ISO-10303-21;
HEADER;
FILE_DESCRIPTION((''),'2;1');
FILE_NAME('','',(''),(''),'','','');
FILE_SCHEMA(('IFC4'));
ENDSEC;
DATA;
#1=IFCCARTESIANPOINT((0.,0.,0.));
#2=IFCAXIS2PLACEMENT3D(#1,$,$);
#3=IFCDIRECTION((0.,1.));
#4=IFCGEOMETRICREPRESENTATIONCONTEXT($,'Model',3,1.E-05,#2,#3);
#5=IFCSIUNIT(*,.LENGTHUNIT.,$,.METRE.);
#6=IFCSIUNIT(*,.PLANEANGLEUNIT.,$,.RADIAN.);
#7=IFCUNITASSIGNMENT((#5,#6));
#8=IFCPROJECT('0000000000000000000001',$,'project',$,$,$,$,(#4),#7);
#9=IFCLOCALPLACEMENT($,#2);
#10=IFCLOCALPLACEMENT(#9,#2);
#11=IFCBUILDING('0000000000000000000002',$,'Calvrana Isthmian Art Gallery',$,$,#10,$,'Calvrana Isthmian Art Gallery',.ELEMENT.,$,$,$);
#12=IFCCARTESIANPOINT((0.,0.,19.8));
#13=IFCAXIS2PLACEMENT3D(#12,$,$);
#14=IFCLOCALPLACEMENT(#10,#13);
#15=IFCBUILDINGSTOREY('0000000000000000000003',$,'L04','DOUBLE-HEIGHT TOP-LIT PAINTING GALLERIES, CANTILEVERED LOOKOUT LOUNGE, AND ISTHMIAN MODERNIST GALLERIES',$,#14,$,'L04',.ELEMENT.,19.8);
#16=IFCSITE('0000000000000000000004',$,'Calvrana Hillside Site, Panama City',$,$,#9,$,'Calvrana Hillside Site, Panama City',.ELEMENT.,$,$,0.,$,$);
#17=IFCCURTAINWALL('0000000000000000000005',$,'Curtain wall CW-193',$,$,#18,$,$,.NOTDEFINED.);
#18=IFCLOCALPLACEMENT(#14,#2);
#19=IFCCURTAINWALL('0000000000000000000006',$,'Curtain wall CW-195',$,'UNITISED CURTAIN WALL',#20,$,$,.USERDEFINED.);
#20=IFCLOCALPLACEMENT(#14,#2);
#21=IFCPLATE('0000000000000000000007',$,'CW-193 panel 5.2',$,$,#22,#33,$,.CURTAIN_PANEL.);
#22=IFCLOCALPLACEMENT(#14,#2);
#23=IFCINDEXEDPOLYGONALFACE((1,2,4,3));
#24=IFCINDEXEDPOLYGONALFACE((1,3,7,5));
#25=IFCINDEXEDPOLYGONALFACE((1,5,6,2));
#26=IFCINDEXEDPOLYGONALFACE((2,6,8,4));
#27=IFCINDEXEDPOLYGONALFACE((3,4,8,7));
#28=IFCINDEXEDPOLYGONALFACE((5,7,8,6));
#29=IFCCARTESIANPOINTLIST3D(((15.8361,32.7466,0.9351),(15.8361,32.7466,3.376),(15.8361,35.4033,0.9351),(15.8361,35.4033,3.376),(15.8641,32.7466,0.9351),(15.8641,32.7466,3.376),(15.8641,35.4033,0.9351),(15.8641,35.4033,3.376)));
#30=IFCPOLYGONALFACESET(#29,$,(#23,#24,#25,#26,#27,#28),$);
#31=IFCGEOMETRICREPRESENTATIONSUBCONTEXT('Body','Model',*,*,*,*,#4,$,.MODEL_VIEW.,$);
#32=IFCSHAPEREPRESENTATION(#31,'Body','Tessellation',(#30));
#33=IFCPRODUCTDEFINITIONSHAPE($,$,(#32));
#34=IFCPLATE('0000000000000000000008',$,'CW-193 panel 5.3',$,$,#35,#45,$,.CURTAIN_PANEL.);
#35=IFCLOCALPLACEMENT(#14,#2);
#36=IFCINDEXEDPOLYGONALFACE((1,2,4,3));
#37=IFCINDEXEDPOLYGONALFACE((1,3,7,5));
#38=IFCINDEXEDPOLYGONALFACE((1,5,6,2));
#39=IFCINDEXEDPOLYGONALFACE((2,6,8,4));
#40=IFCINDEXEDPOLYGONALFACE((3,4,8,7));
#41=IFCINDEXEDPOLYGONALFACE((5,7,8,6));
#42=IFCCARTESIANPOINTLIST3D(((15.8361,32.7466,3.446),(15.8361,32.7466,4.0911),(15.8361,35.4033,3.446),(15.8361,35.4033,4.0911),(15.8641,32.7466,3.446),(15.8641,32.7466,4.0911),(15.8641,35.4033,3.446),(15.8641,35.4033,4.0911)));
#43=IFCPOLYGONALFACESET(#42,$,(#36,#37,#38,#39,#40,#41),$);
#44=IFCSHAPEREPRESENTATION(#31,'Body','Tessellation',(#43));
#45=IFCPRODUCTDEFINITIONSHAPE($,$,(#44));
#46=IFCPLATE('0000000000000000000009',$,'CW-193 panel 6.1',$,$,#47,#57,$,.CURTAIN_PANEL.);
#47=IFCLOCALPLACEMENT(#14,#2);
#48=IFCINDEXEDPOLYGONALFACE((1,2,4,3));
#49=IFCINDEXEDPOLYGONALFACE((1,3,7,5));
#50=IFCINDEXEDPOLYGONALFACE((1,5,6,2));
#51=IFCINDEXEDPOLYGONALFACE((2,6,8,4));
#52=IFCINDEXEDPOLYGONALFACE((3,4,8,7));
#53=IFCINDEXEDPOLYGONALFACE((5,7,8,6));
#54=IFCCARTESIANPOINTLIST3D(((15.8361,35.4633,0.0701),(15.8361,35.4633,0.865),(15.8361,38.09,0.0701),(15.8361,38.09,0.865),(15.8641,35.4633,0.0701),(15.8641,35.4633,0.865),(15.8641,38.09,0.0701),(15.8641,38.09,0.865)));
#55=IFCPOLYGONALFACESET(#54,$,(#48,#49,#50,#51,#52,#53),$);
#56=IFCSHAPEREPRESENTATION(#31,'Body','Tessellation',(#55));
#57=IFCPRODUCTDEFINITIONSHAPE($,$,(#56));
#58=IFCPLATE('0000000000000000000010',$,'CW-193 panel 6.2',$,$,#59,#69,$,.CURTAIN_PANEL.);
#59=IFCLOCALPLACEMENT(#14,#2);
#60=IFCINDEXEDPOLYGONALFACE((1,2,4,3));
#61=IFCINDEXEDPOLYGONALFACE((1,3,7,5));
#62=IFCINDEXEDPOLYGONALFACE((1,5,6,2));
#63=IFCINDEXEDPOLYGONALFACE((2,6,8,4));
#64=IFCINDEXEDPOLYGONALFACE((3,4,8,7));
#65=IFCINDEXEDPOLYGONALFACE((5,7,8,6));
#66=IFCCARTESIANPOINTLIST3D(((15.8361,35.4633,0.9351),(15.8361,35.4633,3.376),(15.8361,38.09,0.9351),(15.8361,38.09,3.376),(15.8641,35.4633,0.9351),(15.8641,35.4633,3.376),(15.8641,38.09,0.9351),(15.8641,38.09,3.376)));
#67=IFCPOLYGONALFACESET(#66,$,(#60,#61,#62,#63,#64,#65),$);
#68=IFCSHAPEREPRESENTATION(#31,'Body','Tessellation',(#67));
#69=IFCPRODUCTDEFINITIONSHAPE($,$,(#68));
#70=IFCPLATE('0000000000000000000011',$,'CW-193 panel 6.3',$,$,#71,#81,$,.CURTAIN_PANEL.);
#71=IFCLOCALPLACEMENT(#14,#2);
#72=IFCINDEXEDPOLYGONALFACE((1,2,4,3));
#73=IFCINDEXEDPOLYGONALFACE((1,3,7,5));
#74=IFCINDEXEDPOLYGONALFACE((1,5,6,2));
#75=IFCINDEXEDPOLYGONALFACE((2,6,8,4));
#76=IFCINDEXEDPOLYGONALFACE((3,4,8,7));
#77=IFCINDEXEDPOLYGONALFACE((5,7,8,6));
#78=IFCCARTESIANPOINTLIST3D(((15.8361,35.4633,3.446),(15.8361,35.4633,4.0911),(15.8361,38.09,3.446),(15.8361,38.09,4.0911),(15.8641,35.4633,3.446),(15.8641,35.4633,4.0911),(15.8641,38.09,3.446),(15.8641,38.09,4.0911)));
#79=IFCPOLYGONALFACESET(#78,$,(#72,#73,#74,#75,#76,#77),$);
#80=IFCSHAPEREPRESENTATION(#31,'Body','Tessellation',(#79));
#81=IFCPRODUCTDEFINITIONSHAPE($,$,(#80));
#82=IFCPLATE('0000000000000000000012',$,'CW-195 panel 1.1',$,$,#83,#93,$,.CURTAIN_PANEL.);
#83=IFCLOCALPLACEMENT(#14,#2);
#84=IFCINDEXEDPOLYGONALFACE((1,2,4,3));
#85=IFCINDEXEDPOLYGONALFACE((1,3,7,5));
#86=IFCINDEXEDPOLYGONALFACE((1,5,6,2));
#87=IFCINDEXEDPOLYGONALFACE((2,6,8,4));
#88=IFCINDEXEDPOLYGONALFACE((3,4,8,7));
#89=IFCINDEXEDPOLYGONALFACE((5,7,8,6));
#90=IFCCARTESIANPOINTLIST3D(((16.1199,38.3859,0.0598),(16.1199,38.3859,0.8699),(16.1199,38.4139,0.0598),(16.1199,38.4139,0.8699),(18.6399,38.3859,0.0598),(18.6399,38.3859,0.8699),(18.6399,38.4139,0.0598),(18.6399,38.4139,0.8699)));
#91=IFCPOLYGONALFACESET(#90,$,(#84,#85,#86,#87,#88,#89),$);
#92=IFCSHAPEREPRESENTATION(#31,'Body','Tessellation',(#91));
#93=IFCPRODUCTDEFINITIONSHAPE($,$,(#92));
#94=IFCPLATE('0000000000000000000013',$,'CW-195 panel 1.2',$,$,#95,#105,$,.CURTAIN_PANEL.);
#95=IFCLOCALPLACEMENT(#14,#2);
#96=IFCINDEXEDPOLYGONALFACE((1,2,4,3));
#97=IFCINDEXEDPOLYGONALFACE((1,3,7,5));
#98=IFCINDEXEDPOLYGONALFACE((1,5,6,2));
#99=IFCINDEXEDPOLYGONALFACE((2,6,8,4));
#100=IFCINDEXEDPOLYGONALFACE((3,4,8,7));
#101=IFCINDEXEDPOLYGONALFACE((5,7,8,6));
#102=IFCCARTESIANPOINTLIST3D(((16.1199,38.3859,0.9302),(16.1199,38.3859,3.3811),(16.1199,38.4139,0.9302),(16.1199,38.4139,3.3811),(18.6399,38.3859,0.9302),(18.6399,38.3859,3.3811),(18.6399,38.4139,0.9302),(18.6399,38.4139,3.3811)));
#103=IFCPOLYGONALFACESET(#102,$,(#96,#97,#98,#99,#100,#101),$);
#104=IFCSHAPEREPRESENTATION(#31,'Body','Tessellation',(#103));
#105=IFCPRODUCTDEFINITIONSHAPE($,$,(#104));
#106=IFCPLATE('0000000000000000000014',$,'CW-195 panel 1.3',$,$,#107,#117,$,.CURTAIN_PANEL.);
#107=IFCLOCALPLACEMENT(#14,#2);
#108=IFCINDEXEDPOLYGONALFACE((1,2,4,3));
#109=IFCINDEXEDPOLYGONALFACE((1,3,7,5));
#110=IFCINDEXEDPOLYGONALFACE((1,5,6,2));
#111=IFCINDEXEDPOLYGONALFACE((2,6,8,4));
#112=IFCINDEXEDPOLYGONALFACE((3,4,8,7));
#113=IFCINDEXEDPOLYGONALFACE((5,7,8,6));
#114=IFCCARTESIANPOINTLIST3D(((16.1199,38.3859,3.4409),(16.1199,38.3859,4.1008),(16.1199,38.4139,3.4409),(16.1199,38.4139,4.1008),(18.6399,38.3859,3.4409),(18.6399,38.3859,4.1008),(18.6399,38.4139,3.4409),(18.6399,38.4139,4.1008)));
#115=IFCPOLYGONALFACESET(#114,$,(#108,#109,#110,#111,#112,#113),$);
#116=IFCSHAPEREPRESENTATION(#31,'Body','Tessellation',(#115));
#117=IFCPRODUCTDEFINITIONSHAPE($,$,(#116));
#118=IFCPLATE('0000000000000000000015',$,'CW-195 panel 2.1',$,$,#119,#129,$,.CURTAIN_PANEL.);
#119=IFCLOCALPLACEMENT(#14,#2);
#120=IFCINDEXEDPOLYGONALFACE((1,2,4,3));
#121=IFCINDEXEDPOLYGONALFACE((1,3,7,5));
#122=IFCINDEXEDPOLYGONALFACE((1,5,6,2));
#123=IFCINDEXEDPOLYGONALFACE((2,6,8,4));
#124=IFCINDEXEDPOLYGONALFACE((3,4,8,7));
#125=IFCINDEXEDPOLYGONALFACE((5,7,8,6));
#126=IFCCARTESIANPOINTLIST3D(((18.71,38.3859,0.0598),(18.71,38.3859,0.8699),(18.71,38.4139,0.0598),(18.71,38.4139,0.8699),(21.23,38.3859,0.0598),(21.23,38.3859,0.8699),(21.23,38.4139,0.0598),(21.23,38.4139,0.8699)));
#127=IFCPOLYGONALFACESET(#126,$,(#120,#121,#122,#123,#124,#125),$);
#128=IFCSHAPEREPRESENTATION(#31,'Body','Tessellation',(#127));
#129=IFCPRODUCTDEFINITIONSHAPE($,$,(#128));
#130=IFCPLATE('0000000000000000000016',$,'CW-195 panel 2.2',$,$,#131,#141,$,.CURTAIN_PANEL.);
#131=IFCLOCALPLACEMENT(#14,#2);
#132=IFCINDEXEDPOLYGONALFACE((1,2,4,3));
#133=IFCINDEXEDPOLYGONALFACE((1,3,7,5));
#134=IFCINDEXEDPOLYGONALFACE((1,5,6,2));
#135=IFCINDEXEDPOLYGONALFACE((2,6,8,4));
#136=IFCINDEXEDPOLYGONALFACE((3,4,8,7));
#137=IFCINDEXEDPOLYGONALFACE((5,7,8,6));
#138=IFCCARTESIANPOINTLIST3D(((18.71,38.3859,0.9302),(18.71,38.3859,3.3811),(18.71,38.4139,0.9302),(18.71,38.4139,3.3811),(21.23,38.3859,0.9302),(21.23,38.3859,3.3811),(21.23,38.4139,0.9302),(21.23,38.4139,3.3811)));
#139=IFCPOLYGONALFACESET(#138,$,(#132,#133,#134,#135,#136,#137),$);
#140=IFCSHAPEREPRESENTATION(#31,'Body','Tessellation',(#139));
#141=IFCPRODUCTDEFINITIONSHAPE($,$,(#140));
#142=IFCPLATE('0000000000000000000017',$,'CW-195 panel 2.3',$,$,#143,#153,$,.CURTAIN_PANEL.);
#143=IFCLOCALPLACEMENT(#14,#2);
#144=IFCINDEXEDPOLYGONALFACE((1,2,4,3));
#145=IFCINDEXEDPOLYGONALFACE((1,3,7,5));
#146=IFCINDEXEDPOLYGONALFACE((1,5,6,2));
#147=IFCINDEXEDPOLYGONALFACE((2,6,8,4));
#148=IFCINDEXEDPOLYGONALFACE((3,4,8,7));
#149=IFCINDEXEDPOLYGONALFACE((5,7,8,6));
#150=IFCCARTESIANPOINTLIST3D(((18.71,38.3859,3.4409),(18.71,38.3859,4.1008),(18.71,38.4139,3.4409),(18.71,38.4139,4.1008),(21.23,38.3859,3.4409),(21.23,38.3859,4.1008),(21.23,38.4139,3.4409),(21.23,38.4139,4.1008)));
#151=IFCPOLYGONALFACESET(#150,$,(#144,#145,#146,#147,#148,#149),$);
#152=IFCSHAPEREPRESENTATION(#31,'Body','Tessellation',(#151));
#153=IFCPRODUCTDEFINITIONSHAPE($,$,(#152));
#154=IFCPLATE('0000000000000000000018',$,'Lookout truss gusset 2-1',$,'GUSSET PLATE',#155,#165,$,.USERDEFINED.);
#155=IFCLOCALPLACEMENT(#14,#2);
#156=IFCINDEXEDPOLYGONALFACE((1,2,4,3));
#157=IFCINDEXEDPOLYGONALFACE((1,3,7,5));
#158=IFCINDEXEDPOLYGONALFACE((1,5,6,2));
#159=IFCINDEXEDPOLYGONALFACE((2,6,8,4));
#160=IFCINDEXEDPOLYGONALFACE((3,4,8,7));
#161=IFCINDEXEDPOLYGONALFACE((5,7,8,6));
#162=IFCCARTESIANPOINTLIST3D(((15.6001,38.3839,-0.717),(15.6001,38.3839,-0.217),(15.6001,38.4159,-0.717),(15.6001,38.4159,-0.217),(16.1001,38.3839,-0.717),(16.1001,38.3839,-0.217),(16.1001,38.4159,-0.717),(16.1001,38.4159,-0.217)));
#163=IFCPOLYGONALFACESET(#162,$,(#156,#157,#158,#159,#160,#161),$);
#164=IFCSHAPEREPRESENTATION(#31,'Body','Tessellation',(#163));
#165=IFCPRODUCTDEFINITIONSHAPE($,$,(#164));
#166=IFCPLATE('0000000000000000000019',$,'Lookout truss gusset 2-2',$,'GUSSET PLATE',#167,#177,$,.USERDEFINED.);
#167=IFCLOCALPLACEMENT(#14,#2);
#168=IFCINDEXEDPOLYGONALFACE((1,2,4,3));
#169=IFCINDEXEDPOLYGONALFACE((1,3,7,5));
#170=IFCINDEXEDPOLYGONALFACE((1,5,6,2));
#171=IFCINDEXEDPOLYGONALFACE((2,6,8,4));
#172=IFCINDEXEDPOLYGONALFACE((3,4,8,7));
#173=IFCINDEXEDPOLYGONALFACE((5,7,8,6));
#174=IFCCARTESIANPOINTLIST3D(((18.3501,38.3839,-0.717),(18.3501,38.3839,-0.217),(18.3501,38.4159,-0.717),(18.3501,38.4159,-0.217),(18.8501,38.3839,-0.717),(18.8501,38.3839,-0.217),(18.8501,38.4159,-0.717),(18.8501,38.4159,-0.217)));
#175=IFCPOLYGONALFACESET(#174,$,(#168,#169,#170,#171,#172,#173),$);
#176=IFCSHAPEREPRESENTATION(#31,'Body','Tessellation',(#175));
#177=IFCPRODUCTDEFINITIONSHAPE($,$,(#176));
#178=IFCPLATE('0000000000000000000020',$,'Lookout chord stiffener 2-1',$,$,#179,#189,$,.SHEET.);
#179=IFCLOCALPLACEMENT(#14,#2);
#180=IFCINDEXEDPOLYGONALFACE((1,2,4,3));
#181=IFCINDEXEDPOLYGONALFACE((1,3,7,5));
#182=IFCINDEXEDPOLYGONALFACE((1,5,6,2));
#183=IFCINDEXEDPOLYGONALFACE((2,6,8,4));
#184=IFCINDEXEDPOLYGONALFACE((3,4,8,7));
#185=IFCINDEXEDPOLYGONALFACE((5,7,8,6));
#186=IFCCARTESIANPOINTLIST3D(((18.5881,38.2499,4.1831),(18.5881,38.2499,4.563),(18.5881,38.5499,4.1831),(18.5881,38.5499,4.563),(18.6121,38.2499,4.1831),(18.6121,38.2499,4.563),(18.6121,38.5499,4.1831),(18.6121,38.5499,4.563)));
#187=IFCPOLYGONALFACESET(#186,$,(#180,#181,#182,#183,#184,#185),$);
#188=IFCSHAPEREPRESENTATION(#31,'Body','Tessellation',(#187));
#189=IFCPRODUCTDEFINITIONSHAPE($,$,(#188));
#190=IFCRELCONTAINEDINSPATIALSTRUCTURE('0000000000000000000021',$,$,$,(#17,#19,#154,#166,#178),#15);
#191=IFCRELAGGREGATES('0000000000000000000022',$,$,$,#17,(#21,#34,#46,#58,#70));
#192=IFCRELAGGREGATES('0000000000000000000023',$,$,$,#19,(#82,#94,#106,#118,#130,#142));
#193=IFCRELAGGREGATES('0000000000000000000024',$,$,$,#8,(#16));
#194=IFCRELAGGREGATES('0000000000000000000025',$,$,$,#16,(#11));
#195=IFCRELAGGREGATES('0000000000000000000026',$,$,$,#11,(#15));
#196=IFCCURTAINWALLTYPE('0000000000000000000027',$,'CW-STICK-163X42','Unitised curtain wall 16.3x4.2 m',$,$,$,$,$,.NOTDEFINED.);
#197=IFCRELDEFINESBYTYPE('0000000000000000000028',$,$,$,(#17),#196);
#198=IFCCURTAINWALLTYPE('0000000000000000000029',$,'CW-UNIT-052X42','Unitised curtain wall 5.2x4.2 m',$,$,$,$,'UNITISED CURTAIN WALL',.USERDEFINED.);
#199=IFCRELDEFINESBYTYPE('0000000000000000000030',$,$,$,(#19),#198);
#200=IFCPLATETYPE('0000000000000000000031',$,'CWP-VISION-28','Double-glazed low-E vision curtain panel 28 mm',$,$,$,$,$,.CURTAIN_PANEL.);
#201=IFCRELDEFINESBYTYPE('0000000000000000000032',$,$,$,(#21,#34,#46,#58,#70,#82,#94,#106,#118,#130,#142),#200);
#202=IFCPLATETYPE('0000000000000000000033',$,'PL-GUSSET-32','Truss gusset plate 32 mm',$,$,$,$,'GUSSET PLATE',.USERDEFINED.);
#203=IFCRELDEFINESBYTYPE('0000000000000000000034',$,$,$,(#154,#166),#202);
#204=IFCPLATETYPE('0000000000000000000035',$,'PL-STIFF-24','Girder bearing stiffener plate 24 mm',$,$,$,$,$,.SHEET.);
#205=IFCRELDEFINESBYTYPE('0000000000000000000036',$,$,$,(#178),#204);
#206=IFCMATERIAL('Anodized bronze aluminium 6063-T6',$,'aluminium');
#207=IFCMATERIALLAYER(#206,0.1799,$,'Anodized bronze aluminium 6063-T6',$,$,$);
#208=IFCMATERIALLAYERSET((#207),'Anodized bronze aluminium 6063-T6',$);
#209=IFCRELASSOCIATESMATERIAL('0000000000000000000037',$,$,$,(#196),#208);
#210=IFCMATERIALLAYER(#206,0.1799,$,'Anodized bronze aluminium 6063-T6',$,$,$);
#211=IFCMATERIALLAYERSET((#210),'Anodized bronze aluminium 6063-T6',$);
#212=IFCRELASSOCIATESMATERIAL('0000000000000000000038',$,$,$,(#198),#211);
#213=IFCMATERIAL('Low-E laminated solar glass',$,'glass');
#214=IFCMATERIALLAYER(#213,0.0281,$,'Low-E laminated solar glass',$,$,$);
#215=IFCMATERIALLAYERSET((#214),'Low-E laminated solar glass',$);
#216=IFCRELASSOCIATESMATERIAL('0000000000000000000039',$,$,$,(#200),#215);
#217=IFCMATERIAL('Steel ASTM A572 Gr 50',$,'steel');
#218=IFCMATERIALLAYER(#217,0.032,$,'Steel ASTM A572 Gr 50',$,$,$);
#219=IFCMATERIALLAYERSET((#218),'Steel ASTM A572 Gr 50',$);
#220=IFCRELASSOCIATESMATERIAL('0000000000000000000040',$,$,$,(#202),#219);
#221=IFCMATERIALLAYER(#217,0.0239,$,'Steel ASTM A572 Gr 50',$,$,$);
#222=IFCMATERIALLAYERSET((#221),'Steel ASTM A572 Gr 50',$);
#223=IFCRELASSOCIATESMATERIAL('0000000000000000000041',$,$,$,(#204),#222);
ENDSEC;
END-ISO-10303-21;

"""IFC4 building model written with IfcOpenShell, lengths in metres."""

from ifc_helpers import new_model, si_unit, direction, frame, origin, origin_2d, place, context, subcontext, project, spatial, rectangle, extrude, material, layer, layer_set, type_object, element, aggregate, save


model = new_model("IFC4")

# Units and contexts
model_context = context("Model", 3, precision=1e-05, world=origin(), true_north=direction((0.0, 1.0)))
body_context = subcontext(model_context, "Body", "Model", "MODEL_VIEW")
ifc_project = project(units=[si_unit("LENGTHUNIT", "METRE"), si_unit("PLANEANGLEUNIT", "RADIAN")], contexts=[model_context])

# Site, building, storey
site_placement = place(None, origin())
site = spatial("IfcSite", under=ifc_project, at=site_placement, Name="Calvrana Hillside Site, Panama City", LongName="Calvrana Hillside Site, Panama City", CompositionType="ELEMENT", RefElevation=0.0)
building_placement = place(site_placement, origin())
building = spatial("IfcBuilding", under=site, at=building_placement, Name="Calvrana Isthmian Art Gallery", LongName="Calvrana Isthmian Art Gallery", CompositionType="ELEMENT")
storey_placement = place(building_placement, frame((0.0, 0.0, 19.8)))
storey = spatial("IfcBuildingStorey", under=building, at=storey_placement, Name="L04", Description="DOUBLE-HEIGHT TOP-LIT PAINTING GALLERIES, CANTILEVERED LOOKOUT LOUNGE, AND ISTHMIAN MODERNIST GALLERIES", LongName="L04", CompositionType="ELEMENT", Elevation=19.8)

# Curtain walls
ifc_material_1 = material(Name="Anodized bronze aluminium 6063-T6", Category="aluminium")
ifc_layer_1 = layer(ifc_material_1, 0.1799, Name="Anodized bronze aluminium 6063-T6")
ifc_layer_set_1 = layer_set([ifc_layer_1], Name="Anodized bronze aluminium 6063-T6")
curtain_wall_type_1 = type_object("IfcCurtainWallType", Name="CW-STICK-163X42", Description="Unitised curtain wall 16.3x4.2 m", PredefinedType="NOTDEFINED", material=ifc_layer_set_1)
curtain_wall_1_placement = place(storey_placement, origin())
curtain_wall_1 = element("IfcCurtainWall", 1, at=curtain_wall_1_placement, inside=storey, type_object=curtain_wall_type_1, Name="Curtain wall CW-193", PredefinedType="NOTDEFINED")
ifc_layer_2 = layer(ifc_material_1, 0.1799, Name="Anodized bronze aluminium 6063-T6")
ifc_layer_set_2 = layer_set([ifc_layer_2], Name="Anodized bronze aluminium 6063-T6")
curtain_wall_type_2 = type_object("IfcCurtainWallType", Name="CW-UNIT-052X42", Description="Unitised curtain wall 5.2x4.2 m", ElementType="UNITISED CURTAIN WALL", PredefinedType="USERDEFINED", material=ifc_layer_set_2)
curtain_wall_2_placement = place(storey_placement, origin())
curtain_wall_2 = element("IfcCurtainWall", 2, at=curtain_wall_2_placement, inside=storey, type_object=curtain_wall_type_2, Name="Curtain wall CW-195", ObjectType="UNITISED CURTAIN WALL", PredefinedType="USERDEFINED")

# Plates
ifc_material_2 = material(Name="Low-E laminated solar glass", Category="glass")
ifc_layer_3 = layer(ifc_material_2, 0.0281, Name="Low-E laminated solar glass")
ifc_layer_set_3 = layer_set([ifc_layer_3], Name="Low-E laminated solar glass")
plate_type_1 = type_object("IfcPlateType", Name="CWP-VISION-28", Description="Double-glazed low-E vision curtain panel 28 mm", PredefinedType="CURTAIN_PANEL", material=ifc_layer_set_3)
plate_1_placement = place(storey_placement, frame((15.8501, 34.075, 0.9351), z_axis=(0.0, 0.0, 1.0), x_axis=(0.0, 1.0, 0.0)))
plate_1 = element("IfcPlate", 3, at=plate_1_placement, type_object=plate_type_1, Name="CW-193 panel 5.2", PredefinedType="CURTAIN_PANEL", context=body_context, shape_type="SweptSolid", body=[
    extrude(rectangle(XDim=2.6567, YDim=0.0281, at=origin_2d()), origin(), (0.0, 0.0, 1.0), 2.4409),
])
plate_2_placement = place(storey_placement, frame((15.8501, 34.075, 3.446), z_axis=(0.0, 0.0, 1.0), x_axis=(0.0, 1.0, 0.0)))
plate_2 = element("IfcPlate", 4, at=plate_2_placement, type_object=plate_type_1, Name="CW-193 panel 5.3", PredefinedType="CURTAIN_PANEL", context=body_context, shape_type="SweptSolid", body=[
    extrude(rectangle(XDim=2.6567, YDim=0.0281, at=origin_2d()), origin(), (0.0, 0.0, 1.0), 0.645),
])
plate_3_placement = place(storey_placement, frame((15.8501, 36.7766, 0.0701), z_axis=(0.0, 0.0, 1.0), x_axis=(0.0, 1.0, 0.0)))
plate_3 = element("IfcPlate", 5, at=plate_3_placement, type_object=plate_type_1, Name="CW-193 panel 6.1", PredefinedType="CURTAIN_PANEL", context=body_context, shape_type="SweptSolid", body=[
    extrude(rectangle(XDim=2.6267, YDim=0.0281, at=origin_2d()), origin(), (0.0, 0.0, 1.0), 0.7949),
])
plate_4_placement = place(storey_placement, frame((15.8501, 36.7766, 0.9351), z_axis=(0.0, 0.0, 1.0), x_axis=(0.0, 1.0, 0.0)))
plate_4 = element("IfcPlate", 6, at=plate_4_placement, type_object=plate_type_1, Name="CW-193 panel 6.2", PredefinedType="CURTAIN_PANEL", context=body_context, shape_type="SweptSolid", body=[
    extrude(rectangle(XDim=2.6267, YDim=0.0281, at=origin_2d()), origin(), (0.0, 0.0, 1.0), 2.4409),
])
plate_5_placement = place(storey_placement, frame((15.8501, 36.7766, 3.446), z_axis=(0.0, 0.0, 1.0), x_axis=(0.0, 1.0, 0.0)))
plate_5 = element("IfcPlate", 7, at=plate_5_placement, type_object=plate_type_1, Name="CW-193 panel 6.3", PredefinedType="CURTAIN_PANEL", context=body_context, shape_type="SweptSolid", body=[
    extrude(rectangle(XDim=2.6267, YDim=0.0281, at=origin_2d()), origin(), (0.0, 0.0, 1.0), 0.645),
])
aggregate(curtain_wall_1, [plate_1, plate_2, plate_3, plate_4, plate_5])
plate_6_placement = place(storey_placement, frame((17.3799, 38.3999, 0.0598), z_axis=(0.0, 0.0, 1.0), x_axis=(1.0, 0.0, 0.0)))
plate_6 = element("IfcPlate", 8, at=plate_6_placement, type_object=plate_type_1, Name="CW-195 panel 1.1", PredefinedType="CURTAIN_PANEL", context=body_context, shape_type="SweptSolid", body=[
    extrude(rectangle(XDim=2.52, YDim=0.0281, at=origin_2d()), origin(), (0.0, 0.0, 1.0), 0.8101),
])
plate_7_placement = place(storey_placement, frame((17.3799, 38.3999, 0.9302), z_axis=(0.0, 0.0, 1.0), x_axis=(1.0, 0.0, 0.0)))
plate_7 = element("IfcPlate", 9, at=plate_7_placement, type_object=plate_type_1, Name="CW-195 panel 1.2", PredefinedType="CURTAIN_PANEL", context=body_context, shape_type="SweptSolid", body=[
    extrude(rectangle(XDim=2.52, YDim=0.0281, at=origin_2d()), origin(), (0.0, 0.0, 1.0), 2.4509),
])
plate_8_placement = place(storey_placement, frame((17.3799, 38.3999, 3.4409), z_axis=(0.0, 0.0, 1.0), x_axis=(1.0, 0.0, 0.0)))
plate_8 = element("IfcPlate", 10, at=plate_8_placement, type_object=plate_type_1, Name="CW-195 panel 1.3", PredefinedType="CURTAIN_PANEL", context=body_context, shape_type="SweptSolid", body=[
    extrude(rectangle(XDim=2.52, YDim=0.0281, at=origin_2d()), origin(), (0.0, 0.0, 1.0), 0.6599),
])
plate_9_placement = place(storey_placement, frame((19.97, 38.3999, 0.0598), z_axis=(0.0, 0.0, 1.0), x_axis=(1.0, 0.0, 0.0)))
plate_9 = element("IfcPlate", 11, at=plate_9_placement, type_object=plate_type_1, Name="CW-195 panel 2.1", PredefinedType="CURTAIN_PANEL", context=body_context, shape_type="SweptSolid", body=[
    extrude(rectangle(XDim=2.52, YDim=0.0281, at=origin_2d()), origin(), (0.0, 0.0, 1.0), 0.8101),
])
plate_10_placement = place(storey_placement, frame((19.97, 38.3999, 0.9302), z_axis=(0.0, 0.0, 1.0), x_axis=(1.0, 0.0, 0.0)))
plate_10 = element("IfcPlate", 12, at=plate_10_placement, type_object=plate_type_1, Name="CW-195 panel 2.2", PredefinedType="CURTAIN_PANEL", context=body_context, shape_type="SweptSolid", body=[
    extrude(rectangle(XDim=2.52, YDim=0.0281, at=origin_2d()), origin(), (0.0, 0.0, 1.0), 2.4509),
])
plate_11_placement = place(storey_placement, frame((19.97, 38.3999, 3.4409), z_axis=(0.0, 0.0, 1.0), x_axis=(1.0, 0.0, 0.0)))
plate_11 = element("IfcPlate", 13, at=plate_11_placement, type_object=plate_type_1, Name="CW-195 panel 2.3", PredefinedType="CURTAIN_PANEL", context=body_context, shape_type="SweptSolid", body=[
    extrude(rectangle(XDim=2.52, YDim=0.0281, at=origin_2d()), origin(), (0.0, 0.0, 1.0), 0.6599),
])
aggregate(curtain_wall_2, [plate_6, plate_7, plate_8, plate_9, plate_10, plate_11])

# Plates
ifc_material_3 = material(Name="Steel ASTM A572 Gr 50", Category="steel")
ifc_layer_4 = layer(ifc_material_3, 0.032, Name="Steel ASTM A572 Gr 50")
ifc_layer_set_4 = layer_set([ifc_layer_4], Name="Steel ASTM A572 Gr 50")
plate_type_2 = type_object("IfcPlateType", Name="PL-GUSSET-32", Description="Truss gusset plate 32 mm", ElementType="GUSSET PLATE", PredefinedType="USERDEFINED", material=ifc_layer_set_4)
for number, where, z_axis, x_axis, name in (
    (14, (15.8501, 38.3999, -0.717), (0.0, 0.0, 1.0), (1.0, 0.0, 0.0), "Lookout truss gusset 2-1"),
    (15, (18.6001, 38.3999, -0.717), (0.0, 0.0, 1.0), (1.0, 0.0, 0.0), "Lookout truss gusset 2-2"),
):
    element("IfcPlate", number, at=place(storey_placement, frame(where, z_axis=z_axis, x_axis=x_axis)), inside=storey, type_object=plate_type_2, Name=name, ObjectType="GUSSET PLATE", PredefinedType="USERDEFINED", context=body_context, shape_type="SweptSolid", body=[
        extrude(rectangle(XDim=0.5, YDim=0.032, at=origin_2d()), origin(), (0.0, 0.0, 1.0), 0.5),
    ])
ifc_layer_5 = layer(ifc_material_3, 0.0239, Name="Steel ASTM A572 Gr 50")
ifc_layer_set_5 = layer_set([ifc_layer_5], Name="Steel ASTM A572 Gr 50")
plate_type_3 = type_object("IfcPlateType", Name="PL-STIFF-24", Description="Girder bearing stiffener plate 24 mm", PredefinedType="SHEET", material=ifc_layer_set_5)
plate_12_placement = place(storey_placement, frame((18.6001, 38.3999, 4.1831), z_axis=(0.0, 0.0, 1.0), x_axis=(1.0, 0.0, 0.0)))
element("IfcPlate", 16, at=plate_12_placement, inside=storey, type_object=plate_type_3, Name="Lookout chord stiffener 2-1", PredefinedType="SHEET", context=body_context, shape_type="SweptSolid", body=[
    extrude(rectangle(XDim=0.0239, YDim=0.3, at=origin_2d()), origin(), (0.0, 0.0, 1.0), 0.3799),
])

save(model, "model.ifc")
